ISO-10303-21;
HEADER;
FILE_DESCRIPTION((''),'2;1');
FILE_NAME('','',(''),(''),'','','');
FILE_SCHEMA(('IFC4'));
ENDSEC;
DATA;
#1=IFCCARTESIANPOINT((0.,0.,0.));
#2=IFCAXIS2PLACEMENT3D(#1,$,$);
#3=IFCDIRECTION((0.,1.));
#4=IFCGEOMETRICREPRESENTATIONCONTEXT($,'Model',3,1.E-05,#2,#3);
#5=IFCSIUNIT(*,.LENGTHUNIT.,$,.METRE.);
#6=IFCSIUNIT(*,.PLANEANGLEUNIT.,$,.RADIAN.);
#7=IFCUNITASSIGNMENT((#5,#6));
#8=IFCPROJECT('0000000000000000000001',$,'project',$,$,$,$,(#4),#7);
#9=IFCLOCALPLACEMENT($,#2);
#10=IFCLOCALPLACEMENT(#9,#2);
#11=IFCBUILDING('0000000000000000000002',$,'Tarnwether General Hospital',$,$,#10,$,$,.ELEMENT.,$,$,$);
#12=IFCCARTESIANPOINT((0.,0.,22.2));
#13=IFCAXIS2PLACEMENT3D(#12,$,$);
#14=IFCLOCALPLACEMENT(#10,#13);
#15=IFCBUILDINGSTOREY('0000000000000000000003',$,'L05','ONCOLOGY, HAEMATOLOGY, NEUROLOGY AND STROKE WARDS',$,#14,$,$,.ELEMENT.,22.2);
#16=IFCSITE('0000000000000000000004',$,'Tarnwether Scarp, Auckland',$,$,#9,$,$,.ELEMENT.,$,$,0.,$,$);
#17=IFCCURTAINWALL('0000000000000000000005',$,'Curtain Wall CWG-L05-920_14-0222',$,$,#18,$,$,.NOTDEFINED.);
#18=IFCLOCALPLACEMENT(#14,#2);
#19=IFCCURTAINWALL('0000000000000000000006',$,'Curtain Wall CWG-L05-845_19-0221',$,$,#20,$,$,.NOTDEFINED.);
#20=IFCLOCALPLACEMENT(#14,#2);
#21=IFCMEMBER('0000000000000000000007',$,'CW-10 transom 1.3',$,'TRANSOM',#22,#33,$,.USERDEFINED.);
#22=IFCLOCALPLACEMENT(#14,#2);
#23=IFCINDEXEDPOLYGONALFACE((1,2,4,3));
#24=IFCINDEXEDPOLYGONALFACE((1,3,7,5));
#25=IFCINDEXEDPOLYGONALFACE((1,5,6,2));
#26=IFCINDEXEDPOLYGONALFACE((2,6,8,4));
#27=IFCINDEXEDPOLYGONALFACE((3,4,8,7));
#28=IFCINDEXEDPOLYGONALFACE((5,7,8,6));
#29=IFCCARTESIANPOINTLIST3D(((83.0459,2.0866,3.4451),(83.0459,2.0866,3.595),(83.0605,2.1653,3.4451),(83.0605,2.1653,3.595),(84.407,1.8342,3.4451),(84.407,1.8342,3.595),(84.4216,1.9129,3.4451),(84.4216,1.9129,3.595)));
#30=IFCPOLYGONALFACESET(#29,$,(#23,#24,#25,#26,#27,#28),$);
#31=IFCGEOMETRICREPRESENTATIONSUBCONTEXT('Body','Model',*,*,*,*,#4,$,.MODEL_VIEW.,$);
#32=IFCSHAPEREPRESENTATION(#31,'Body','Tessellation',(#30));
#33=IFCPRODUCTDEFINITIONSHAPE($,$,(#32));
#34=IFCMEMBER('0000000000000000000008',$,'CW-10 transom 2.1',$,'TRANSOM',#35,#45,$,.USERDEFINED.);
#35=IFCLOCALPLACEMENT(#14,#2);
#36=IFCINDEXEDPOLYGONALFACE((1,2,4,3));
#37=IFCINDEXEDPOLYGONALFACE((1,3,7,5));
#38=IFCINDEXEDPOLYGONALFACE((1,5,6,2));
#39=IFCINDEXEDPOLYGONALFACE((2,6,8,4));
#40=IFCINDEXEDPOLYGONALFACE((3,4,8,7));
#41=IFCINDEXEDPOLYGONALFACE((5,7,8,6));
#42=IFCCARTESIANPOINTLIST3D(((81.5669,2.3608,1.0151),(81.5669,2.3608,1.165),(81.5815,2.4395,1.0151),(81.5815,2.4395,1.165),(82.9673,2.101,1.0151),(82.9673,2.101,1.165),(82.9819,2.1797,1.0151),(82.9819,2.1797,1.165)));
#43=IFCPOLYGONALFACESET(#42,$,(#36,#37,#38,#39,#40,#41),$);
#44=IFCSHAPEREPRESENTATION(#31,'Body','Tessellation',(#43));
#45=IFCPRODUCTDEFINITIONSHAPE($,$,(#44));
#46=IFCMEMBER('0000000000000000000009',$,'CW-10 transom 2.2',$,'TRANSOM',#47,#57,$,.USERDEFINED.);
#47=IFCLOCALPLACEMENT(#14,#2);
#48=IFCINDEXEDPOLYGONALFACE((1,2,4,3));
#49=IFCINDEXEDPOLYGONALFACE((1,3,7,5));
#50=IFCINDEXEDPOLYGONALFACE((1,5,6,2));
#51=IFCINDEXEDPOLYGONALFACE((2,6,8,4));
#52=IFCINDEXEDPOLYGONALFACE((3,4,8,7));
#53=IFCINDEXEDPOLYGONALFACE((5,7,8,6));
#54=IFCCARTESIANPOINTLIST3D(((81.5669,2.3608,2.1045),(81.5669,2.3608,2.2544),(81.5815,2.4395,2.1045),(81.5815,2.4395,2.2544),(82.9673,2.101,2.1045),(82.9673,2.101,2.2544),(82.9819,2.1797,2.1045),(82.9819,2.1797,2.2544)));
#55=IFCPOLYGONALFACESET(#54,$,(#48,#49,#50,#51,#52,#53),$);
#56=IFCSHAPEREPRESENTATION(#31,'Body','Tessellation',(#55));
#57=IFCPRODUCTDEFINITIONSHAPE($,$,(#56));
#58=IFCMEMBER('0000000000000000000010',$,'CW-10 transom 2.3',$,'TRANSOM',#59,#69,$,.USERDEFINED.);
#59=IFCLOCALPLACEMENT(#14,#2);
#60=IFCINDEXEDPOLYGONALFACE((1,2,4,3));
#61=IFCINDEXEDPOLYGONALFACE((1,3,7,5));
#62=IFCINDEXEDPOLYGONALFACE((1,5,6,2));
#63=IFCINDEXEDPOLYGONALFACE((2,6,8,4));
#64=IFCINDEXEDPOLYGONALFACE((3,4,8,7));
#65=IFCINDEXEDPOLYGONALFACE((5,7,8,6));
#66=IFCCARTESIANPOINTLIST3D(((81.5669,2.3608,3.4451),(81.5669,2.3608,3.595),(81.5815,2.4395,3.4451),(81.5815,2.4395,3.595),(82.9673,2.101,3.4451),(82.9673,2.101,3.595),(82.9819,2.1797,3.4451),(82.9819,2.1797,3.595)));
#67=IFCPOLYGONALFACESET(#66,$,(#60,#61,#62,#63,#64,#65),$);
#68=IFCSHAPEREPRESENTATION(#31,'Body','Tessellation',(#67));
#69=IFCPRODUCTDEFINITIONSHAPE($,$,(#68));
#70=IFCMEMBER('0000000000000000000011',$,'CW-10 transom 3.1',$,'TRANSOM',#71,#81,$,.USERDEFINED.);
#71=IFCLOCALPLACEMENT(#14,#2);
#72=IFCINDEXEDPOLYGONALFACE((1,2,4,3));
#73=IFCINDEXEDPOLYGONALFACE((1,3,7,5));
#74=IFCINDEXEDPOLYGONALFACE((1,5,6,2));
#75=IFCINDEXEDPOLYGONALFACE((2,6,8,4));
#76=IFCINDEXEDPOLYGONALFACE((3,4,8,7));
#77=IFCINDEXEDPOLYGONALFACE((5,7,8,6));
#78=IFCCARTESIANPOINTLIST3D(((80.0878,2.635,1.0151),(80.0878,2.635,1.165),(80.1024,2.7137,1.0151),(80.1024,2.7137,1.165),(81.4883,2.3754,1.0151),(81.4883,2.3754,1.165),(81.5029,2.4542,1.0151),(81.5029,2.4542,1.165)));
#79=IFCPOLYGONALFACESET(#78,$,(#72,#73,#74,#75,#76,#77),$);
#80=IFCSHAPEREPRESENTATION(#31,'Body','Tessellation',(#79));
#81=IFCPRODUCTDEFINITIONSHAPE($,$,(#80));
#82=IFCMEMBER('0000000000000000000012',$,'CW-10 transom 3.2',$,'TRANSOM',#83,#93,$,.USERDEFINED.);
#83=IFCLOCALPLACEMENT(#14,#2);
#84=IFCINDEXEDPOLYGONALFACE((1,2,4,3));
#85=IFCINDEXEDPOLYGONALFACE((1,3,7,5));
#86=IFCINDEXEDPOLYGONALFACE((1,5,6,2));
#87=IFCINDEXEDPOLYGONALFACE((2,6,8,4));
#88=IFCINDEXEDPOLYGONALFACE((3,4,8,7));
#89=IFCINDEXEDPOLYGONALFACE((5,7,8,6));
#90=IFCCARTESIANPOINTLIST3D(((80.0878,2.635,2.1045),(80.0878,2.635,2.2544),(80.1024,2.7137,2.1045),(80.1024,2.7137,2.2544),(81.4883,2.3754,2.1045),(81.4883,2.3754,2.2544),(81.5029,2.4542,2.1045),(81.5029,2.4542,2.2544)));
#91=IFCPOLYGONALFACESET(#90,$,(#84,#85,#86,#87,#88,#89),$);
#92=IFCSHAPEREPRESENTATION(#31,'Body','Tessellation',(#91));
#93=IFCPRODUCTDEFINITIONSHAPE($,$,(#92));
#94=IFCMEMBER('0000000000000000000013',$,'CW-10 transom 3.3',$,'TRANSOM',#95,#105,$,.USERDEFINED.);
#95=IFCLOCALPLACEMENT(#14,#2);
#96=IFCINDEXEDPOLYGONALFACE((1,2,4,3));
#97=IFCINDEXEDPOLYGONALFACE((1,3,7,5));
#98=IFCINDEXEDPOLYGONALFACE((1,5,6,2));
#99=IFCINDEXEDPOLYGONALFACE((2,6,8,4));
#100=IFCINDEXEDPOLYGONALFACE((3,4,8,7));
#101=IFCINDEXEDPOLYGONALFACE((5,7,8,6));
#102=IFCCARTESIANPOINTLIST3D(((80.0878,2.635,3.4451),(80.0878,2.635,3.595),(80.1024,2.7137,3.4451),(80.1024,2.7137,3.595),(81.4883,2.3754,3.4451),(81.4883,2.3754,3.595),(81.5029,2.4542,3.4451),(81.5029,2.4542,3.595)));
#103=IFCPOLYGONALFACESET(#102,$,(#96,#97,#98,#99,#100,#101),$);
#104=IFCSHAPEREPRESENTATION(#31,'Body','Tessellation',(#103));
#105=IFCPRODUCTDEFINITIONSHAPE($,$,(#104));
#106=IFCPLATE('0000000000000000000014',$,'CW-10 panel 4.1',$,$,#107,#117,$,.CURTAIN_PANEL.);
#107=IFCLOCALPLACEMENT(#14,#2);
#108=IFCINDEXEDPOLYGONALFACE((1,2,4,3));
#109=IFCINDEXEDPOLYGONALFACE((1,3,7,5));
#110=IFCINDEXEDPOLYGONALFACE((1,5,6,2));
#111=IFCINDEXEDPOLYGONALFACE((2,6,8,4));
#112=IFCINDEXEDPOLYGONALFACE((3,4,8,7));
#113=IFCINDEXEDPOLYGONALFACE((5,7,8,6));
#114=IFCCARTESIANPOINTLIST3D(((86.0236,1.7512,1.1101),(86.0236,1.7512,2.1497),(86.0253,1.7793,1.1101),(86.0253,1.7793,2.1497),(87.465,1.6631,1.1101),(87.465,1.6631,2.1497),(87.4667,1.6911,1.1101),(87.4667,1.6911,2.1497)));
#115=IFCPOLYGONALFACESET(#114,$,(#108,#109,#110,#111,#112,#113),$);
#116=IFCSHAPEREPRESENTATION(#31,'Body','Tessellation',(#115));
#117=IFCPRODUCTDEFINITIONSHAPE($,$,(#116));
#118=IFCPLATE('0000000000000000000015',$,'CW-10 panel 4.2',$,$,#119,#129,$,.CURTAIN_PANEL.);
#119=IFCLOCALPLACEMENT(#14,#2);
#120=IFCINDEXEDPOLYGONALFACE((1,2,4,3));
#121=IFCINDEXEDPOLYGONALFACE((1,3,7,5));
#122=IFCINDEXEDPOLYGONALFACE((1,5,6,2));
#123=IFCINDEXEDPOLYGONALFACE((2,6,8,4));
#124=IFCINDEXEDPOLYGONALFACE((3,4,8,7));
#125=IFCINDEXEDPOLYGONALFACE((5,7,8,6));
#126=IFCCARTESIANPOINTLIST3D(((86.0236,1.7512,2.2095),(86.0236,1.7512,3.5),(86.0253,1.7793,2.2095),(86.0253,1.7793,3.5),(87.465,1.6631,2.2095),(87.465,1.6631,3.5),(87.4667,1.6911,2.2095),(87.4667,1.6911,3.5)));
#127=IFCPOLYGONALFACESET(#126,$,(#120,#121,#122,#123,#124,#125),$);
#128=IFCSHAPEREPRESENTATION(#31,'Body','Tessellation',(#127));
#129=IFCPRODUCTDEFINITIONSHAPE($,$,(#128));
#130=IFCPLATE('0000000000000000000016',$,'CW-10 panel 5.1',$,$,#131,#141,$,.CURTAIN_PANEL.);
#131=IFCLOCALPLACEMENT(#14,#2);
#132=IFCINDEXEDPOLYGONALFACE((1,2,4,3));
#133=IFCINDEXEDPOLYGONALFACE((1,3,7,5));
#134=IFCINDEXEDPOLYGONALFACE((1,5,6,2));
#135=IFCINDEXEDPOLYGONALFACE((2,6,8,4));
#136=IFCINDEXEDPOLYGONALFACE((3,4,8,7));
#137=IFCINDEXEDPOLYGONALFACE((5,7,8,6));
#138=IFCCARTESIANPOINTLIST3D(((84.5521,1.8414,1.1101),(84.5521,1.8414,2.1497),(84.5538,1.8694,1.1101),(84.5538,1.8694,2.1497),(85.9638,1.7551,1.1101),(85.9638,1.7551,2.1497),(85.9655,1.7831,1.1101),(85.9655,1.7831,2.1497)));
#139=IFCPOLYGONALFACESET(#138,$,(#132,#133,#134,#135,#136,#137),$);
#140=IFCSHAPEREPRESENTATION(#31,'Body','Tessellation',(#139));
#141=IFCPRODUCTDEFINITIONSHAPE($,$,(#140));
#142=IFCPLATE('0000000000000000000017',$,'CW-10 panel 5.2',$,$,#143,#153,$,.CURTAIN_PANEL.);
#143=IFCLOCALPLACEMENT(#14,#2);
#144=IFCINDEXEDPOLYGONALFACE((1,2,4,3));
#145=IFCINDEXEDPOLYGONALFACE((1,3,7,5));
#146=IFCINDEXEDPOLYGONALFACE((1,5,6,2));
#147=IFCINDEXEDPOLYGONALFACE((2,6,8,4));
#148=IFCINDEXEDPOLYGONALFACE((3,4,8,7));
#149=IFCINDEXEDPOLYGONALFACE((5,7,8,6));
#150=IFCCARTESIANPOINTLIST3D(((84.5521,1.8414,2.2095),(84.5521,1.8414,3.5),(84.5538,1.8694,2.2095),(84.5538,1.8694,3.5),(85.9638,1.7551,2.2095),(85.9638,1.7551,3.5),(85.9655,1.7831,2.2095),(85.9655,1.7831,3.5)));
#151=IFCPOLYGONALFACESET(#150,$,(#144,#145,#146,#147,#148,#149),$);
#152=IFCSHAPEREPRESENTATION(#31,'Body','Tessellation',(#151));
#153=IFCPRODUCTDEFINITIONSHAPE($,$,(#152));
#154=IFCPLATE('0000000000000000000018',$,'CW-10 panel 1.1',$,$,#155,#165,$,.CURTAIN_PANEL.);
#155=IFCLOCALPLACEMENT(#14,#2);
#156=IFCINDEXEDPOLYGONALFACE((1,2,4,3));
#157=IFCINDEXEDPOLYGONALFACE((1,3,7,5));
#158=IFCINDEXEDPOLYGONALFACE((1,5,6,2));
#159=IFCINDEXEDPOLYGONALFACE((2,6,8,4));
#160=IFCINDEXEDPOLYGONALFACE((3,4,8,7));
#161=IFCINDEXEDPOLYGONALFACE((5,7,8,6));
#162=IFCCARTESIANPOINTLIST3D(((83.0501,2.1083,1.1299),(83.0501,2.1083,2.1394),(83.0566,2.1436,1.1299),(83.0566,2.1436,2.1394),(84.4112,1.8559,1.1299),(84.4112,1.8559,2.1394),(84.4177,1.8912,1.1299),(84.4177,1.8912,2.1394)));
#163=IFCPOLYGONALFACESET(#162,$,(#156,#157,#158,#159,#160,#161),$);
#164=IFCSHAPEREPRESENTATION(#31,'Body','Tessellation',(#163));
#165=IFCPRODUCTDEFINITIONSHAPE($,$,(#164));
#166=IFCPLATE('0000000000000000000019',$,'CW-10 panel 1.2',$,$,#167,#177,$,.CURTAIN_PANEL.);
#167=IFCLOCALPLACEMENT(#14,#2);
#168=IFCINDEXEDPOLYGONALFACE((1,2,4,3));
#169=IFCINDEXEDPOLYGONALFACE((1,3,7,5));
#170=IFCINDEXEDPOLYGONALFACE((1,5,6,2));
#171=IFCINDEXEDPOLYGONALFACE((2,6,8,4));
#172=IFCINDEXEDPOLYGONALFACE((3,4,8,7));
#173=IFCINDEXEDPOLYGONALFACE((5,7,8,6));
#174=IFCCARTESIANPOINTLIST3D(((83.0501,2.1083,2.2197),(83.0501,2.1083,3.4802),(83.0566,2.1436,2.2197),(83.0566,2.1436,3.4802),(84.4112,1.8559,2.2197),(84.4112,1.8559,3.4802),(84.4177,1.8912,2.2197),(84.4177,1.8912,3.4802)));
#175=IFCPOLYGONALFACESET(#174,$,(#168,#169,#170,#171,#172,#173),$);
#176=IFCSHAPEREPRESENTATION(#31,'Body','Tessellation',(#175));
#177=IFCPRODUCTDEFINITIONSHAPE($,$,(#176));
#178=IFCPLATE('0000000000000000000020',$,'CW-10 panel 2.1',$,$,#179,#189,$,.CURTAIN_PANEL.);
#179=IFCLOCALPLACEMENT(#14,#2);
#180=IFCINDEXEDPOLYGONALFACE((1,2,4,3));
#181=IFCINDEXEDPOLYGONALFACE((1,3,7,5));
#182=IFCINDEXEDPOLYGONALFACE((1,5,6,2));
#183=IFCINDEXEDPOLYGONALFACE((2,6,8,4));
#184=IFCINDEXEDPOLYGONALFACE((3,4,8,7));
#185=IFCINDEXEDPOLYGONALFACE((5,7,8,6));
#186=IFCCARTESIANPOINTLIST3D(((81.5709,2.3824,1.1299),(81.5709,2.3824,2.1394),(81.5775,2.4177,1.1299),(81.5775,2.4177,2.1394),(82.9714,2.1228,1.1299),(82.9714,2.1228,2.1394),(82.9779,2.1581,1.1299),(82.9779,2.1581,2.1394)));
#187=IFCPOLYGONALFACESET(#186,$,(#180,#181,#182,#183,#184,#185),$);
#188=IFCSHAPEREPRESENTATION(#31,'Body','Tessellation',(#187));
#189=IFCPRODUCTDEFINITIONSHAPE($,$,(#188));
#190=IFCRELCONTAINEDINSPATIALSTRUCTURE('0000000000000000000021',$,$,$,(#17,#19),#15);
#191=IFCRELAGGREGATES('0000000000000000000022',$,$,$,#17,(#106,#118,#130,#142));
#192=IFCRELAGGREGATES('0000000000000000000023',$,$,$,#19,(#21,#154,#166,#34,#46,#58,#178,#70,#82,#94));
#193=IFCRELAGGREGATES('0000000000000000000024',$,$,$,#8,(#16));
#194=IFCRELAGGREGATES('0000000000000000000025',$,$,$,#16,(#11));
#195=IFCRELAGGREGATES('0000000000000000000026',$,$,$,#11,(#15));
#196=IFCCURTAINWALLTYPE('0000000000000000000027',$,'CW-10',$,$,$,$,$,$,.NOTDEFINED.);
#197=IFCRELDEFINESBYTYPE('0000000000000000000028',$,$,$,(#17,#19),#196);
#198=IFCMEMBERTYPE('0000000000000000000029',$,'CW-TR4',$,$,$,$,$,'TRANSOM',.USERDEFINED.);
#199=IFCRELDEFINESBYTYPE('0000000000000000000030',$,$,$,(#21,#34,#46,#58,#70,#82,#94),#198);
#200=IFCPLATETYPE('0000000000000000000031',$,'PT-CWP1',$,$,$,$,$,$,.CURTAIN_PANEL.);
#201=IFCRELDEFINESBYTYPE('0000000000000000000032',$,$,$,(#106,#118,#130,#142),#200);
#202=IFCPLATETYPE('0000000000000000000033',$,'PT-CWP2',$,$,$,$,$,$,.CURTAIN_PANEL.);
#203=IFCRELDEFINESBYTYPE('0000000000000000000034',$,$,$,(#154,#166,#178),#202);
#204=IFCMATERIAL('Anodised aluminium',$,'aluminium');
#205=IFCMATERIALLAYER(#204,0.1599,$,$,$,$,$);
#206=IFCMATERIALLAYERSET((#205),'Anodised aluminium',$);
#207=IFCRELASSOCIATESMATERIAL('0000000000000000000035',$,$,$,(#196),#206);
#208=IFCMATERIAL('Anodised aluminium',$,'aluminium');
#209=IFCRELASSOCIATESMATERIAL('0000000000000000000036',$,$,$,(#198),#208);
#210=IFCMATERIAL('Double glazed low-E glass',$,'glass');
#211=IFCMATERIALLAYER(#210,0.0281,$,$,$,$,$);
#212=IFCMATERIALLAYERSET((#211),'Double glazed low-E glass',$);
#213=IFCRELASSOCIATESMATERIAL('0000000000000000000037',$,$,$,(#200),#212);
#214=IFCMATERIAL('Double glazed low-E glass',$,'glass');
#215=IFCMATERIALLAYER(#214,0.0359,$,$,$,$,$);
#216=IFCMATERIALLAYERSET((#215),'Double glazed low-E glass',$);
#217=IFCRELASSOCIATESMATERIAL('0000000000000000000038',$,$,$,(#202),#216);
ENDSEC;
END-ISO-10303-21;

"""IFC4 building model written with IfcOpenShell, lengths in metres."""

from ifc_helpers import new_model, si_unit, direction, frame, origin, origin_2d, place, context, subcontext, project, spatial, rectangle, extrude, material, layer, layer_set, material_profile, profile_set, type_object, element, aggregate, save


model = new_model("IFC4")

# Units and contexts
model_context = context("Model", 3, precision=1e-05, world=origin(), true_north=direction((0.0, 1.0)))
body_context = subcontext(model_context, "Body", "Model", "MODEL_VIEW")
ifc_project = project(units=[si_unit("LENGTHUNIT", "METRE"), si_unit("PLANEANGLEUNIT", "RADIAN")], contexts=[model_context])

# Site, building, storey
site_placement = place(None, origin())
site = spatial("IfcSite", under=ifc_project, at=site_placement, Name="Tarnwether Scarp, Auckland", CompositionType="ELEMENT", RefElevation=0.0)
building_placement = place(site_placement, origin())
building = spatial("IfcBuilding", under=site, at=building_placement, Name="Tarnwether General Hospital", CompositionType="ELEMENT")
storey_placement = place(building_placement, frame((0.0, 0.0, 22.2)))
storey = spatial("IfcBuildingStorey", under=building, at=storey_placement, Name="L05", Description="ONCOLOGY, HAEMATOLOGY, NEUROLOGY AND STROKE WARDS", CompositionType="ELEMENT", Elevation=22.2)

# Curtain walls
ifc_material_1 = material(Name="Anodised aluminium", Category="aluminium")
ifc_layer_1 = layer(ifc_material_1, 0.1599)
ifc_layer_set_1 = layer_set([ifc_layer_1], Name="Anodised aluminium")
curtain_wall_type = type_object("IfcCurtainWallType", Name="CW-10", PredefinedType="NOTDEFINED", material=ifc_layer_set_1)
curtain_wall_1_placement = place(storey_placement, origin())
curtain_wall_1 = element("IfcCurtainWall", 1, at=curtain_wall_1_placement, inside=storey, type_object=curtain_wall_type, Name="Curtain Wall CWG-L05-920_14-0222", PredefinedType="NOTDEFINED")
curtain_wall_2_placement = place(storey_placement, origin())
curtain_wall_2 = element("IfcCurtainWall", 2, at=curtain_wall_2_placement, inside=storey, type_object=curtain_wall_type, Name="Curtain Wall CWG-L05-845_19-0221", PredefinedType="NOTDEFINED")

# Members
ifc_material_2 = material(Name="Anodised aluminium", Category="aluminium")
ifc_material_profile_1 = material_profile(ifc_material_2, rectangle(XDim=0.0801, YDim=0.1499, at=origin_2d()), Name="ALU-TRN-80x150")
ifc_profile_set_1 = profile_set([ifc_material_profile_1], Name="Anodised aluminium")
member_type_1 = type_object("IfcMemberType", Name="CW-TR4", ElementType="TRANSOM", PredefinedType="USERDEFINED", material=ifc_profile_set_1)
member_1_placement = place(storey_placement, frame((84.4143, 1.8735, 3.52), z_axis=(-0.983232, 0.182361, 0.0), x_axis=(-0.182361, -0.983232, 0.0)))
member_1 = element("IfcMember", 3, at=member_1_placement, type_object=member_type_1, Name="CW-10 transom 1.3", ObjectType="TRANSOM", PredefinedType="USERDEFINED", context=body_context, shape_type="SweptSolid", body=[
    extrude(rectangle(XDim=0.0801, YDim=0.1499, at=origin_2d()), origin(), (0.0, 0.0, 1.0), 1.3843),
])
member_2_placement = place(storey_placement, frame((82.9746, 2.1404, 1.0901), z_axis=(-0.983227, 0.182384, 0.0), x_axis=(-0.182384, -0.983227, 0.0)))
member_2 = element("IfcMember", 4, at=member_2_placement, type_object=member_type_1, Name="CW-10 transom 2.1", ObjectType="TRANSOM", PredefinedType="USERDEFINED", context=body_context, shape_type="SweptSolid", body=[
    extrude(rectangle(XDim=0.0801, YDim=0.1499, at=origin_2d()), origin(), (0.0, 0.0, 1.0), 1.4243),
])
member_3_placement = place(storey_placement, frame((82.9746, 2.1404, 2.1794), z_axis=(-0.983227, 0.182384, 0.0), x_axis=(-0.182384, -0.983227, 0.0)))
member_3 = element("IfcMember", 5, at=member_3_placement, type_object=member_type_1, Name="CW-10 transom 2.2", ObjectType="TRANSOM", PredefinedType="USERDEFINED", context=body_context, shape_type="SweptSolid", body=[
    extrude(rectangle(XDim=0.0801, YDim=0.1499, at=origin_2d()), origin(), (0.0, 0.0, 1.0), 1.4243),
])
member_4_placement = place(storey_placement, frame((82.9746, 2.1404, 3.52), z_axis=(-0.983227, 0.182384, 0.0), x_axis=(-0.182384, -0.983227, 0.0)))
member_4 = element("IfcMember", 6, at=member_4_placement, type_object=member_type_1, Name="CW-10 transom 2.3", ObjectType="TRANSOM", PredefinedType="USERDEFINED", context=body_context, shape_type="SweptSolid", body=[
    extrude(rectangle(XDim=0.0801, YDim=0.1499, at=origin_2d()), origin(), (0.0, 0.0, 1.0), 1.4243),
])
member_5_placement = place(storey_placement, frame((81.4956, 2.4148, 1.0901), z_axis=(-0.983258, 0.182218, 0.0), x_axis=(-0.182218, -0.983258, 0.0)))
member_5 = element("IfcMember", 7, at=member_5_placement, type_object=member_type_1, Name="CW-10 transom 3.1", ObjectType="TRANSOM", PredefinedType="USERDEFINED", context=body_context, shape_type="SweptSolid", body=[
    extrude(rectangle(XDim=0.0801, YDim=0.1499, at=origin_2d()), origin(), (0.0, 0.0, 1.0), 1.4243),
])
member_6_placement = place(storey_placement, frame((81.4956, 2.4148, 2.1794), z_axis=(-0.983258, 0.182218, 0.0), x_axis=(-0.182218, -0.983258, 0.0)))
member_6 = element("IfcMember", 8, at=member_6_placement, type_object=member_type_1, Name="CW-10 transom 3.2", ObjectType="TRANSOM", PredefinedType="USERDEFINED", context=body_context, shape_type="SweptSolid", body=[
    extrude(rectangle(XDim=0.0801, YDim=0.1499, at=origin_2d()), origin(), (0.0, 0.0, 1.0), 1.4243),
])
member_7_placement = place(storey_placement, frame((81.4956, 2.4148, 3.52), z_axis=(-0.983258, 0.182218, 0.0), x_axis=(-0.182218, -0.983258, 0.0)))
member_7 = element("IfcMember", 9, at=member_7_placement, type_object=member_type_1, Name="CW-10 transom 3.3", ObjectType="TRANSOM", PredefinedType="USERDEFINED", context=body_context, shape_type="SweptSolid", body=[
    extrude(rectangle(XDim=0.0801, YDim=0.1499, at=origin_2d()), origin(), (0.0, 0.0, 1.0), 1.4243),
])

# Plates
ifc_material_3 = material(Name="Double glazed low-E glass", Category="glass")
ifc_layer_2 = layer(ifc_material_3, 0.0281)
ifc_layer_set_2 = layer_set([ifc_layer_2], Name="Double glazed low-E glass")
plate_type_1 = type_object("IfcPlateType", Name="PT-CWP1", PredefinedType="CURTAIN_PANEL", material=ifc_layer_set_2)
plate_1_placement = place(storey_placement, frame((86.7451, 1.7212, 1.1101), z_axis=(0.0, 0.0, 1.0), x_axis=(-0.998136, 0.061029, 0.0)))
plate_1 = element("IfcPlate", 10, at=plate_1_placement, type_object=plate_type_1, Name="CW-10 panel 4.1", PredefinedType="CURTAIN_PANEL", context=body_context, shape_type="SweptSolid", body=[
    extrude(rectangle(XDim=1.4441, YDim=0.0281, at=origin_2d()), origin(), (0.0, 0.0, 1.0), 1.0396),
])
plate_2_placement = place(storey_placement, frame((86.7451, 1.7212, 2.2095), z_axis=(0.0, 0.0, 1.0), x_axis=(-0.998136, 0.061029, 0.0)))
plate_2 = element("IfcPlate", 11, at=plate_2_placement, type_object=plate_type_1, Name="CW-10 panel 4.2", PredefinedType="CURTAIN_PANEL", context=body_context, shape_type="SweptSolid", body=[
    extrude(rectangle(XDim=1.4441, YDim=0.0281, at=origin_2d()), origin(), (0.0, 0.0, 1.0), 1.2905),
])
plate_3_placement = place(storey_placement, frame((85.2588, 1.8123, 1.1101), z_axis=(0.0, 0.0, 1.0), x_axis=(-0.998136, 0.061029, 0.0)))
plate_3 = element("IfcPlate", 12, at=plate_3_placement, type_object=plate_type_1, Name="CW-10 panel 5.1", PredefinedType="CURTAIN_PANEL", context=body_context, shape_type="SweptSolid", body=[
    extrude(rectangle(XDim=1.4143, YDim=0.0281, at=origin_2d()), origin(), (0.0, 0.0, 1.0), 1.0396),
])
plate_4_placement = place(storey_placement, frame((85.2588, 1.8123, 2.2095), z_axis=(0.0, 0.0, 1.0), x_axis=(-0.998136, 0.061029, 0.0)))
plate_4 = element("IfcPlate", 13, at=plate_4_placement, type_object=plate_type_1, Name="CW-10 panel 5.2", PredefinedType="CURTAIN_PANEL", context=body_context, shape_type="SweptSolid", body=[
    extrude(rectangle(XDim=1.4143, YDim=0.0281, at=origin_2d()), origin(), (0.0, 0.0, 1.0), 1.2905),
])
aggregate(curtain_wall_1, [plate_1, plate_2, plate_3, plate_4])
ifc_material_4 = material(Name="Double glazed low-E glass", Category="glass")
ifc_layer_3 = layer(ifc_material_4, 0.0359)
ifc_layer_set_3 = layer_set([ifc_layer_3], Name="Double glazed low-E glass")
plate_type_2 = type_object("IfcPlateType", Name="PT-CWP2", PredefinedType="CURTAIN_PANEL", material=ifc_layer_set_3)
plate_5_placement = place(storey_placement, frame((83.7339, 1.9998, 1.1299), z_axis=(0.0, 0.0, 1.0), x_axis=(-0.983245, 0.182289, 0.0)))
plate_5 = element("IfcPlate", 14, at=plate_5_placement, type_object=plate_type_2, Name="CW-10 panel 1.1", PredefinedType="CURTAIN_PANEL", context=body_context, shape_type="SweptSolid", body=[
    extrude(rectangle(XDim=1.3843, YDim=0.0359, at=origin_2d()), origin(), (0.0, 0.0, 1.0), 1.0095),
])
plate_6_placement = place(storey_placement, frame((83.7339, 1.9998, 2.2197), z_axis=(0.0, 0.0, 1.0), x_axis=(-0.983245, 0.182289, 0.0)))
plate_6 = element("IfcPlate", 15, at=plate_6_placement, type_object=plate_type_2, Name="CW-10 panel 1.2", PredefinedType="CURTAIN_PANEL", context=body_context, shape_type="SweptSolid", body=[
    extrude(rectangle(XDim=1.3843, YDim=0.0359, at=origin_2d()), origin(), (0.0, 0.0, 1.0), 1.2605),
])
plate_7_placement = place(storey_placement, frame((82.2744, 2.2703, 1.1299), z_axis=(0.0, 0.0, 1.0), x_axis=(-0.983245, 0.182289, 0.0)))
plate_7 = element("IfcPlate", 16, at=plate_7_placement, type_object=plate_type_2, Name="CW-10 panel 2.1", PredefinedType="CURTAIN_PANEL", context=body_context, shape_type="SweptSolid", body=[
    extrude(rectangle(XDim=1.4243, YDim=0.0359, at=origin_2d()), origin(), (0.0, 0.0, 1.0), 1.0095),
])
aggregate(curtain_wall_2, [member_1, plate_5, plate_6, member_2, member_3, member_4, plate_7, member_5, member_6, member_7])

save(model, "model.ifc")
